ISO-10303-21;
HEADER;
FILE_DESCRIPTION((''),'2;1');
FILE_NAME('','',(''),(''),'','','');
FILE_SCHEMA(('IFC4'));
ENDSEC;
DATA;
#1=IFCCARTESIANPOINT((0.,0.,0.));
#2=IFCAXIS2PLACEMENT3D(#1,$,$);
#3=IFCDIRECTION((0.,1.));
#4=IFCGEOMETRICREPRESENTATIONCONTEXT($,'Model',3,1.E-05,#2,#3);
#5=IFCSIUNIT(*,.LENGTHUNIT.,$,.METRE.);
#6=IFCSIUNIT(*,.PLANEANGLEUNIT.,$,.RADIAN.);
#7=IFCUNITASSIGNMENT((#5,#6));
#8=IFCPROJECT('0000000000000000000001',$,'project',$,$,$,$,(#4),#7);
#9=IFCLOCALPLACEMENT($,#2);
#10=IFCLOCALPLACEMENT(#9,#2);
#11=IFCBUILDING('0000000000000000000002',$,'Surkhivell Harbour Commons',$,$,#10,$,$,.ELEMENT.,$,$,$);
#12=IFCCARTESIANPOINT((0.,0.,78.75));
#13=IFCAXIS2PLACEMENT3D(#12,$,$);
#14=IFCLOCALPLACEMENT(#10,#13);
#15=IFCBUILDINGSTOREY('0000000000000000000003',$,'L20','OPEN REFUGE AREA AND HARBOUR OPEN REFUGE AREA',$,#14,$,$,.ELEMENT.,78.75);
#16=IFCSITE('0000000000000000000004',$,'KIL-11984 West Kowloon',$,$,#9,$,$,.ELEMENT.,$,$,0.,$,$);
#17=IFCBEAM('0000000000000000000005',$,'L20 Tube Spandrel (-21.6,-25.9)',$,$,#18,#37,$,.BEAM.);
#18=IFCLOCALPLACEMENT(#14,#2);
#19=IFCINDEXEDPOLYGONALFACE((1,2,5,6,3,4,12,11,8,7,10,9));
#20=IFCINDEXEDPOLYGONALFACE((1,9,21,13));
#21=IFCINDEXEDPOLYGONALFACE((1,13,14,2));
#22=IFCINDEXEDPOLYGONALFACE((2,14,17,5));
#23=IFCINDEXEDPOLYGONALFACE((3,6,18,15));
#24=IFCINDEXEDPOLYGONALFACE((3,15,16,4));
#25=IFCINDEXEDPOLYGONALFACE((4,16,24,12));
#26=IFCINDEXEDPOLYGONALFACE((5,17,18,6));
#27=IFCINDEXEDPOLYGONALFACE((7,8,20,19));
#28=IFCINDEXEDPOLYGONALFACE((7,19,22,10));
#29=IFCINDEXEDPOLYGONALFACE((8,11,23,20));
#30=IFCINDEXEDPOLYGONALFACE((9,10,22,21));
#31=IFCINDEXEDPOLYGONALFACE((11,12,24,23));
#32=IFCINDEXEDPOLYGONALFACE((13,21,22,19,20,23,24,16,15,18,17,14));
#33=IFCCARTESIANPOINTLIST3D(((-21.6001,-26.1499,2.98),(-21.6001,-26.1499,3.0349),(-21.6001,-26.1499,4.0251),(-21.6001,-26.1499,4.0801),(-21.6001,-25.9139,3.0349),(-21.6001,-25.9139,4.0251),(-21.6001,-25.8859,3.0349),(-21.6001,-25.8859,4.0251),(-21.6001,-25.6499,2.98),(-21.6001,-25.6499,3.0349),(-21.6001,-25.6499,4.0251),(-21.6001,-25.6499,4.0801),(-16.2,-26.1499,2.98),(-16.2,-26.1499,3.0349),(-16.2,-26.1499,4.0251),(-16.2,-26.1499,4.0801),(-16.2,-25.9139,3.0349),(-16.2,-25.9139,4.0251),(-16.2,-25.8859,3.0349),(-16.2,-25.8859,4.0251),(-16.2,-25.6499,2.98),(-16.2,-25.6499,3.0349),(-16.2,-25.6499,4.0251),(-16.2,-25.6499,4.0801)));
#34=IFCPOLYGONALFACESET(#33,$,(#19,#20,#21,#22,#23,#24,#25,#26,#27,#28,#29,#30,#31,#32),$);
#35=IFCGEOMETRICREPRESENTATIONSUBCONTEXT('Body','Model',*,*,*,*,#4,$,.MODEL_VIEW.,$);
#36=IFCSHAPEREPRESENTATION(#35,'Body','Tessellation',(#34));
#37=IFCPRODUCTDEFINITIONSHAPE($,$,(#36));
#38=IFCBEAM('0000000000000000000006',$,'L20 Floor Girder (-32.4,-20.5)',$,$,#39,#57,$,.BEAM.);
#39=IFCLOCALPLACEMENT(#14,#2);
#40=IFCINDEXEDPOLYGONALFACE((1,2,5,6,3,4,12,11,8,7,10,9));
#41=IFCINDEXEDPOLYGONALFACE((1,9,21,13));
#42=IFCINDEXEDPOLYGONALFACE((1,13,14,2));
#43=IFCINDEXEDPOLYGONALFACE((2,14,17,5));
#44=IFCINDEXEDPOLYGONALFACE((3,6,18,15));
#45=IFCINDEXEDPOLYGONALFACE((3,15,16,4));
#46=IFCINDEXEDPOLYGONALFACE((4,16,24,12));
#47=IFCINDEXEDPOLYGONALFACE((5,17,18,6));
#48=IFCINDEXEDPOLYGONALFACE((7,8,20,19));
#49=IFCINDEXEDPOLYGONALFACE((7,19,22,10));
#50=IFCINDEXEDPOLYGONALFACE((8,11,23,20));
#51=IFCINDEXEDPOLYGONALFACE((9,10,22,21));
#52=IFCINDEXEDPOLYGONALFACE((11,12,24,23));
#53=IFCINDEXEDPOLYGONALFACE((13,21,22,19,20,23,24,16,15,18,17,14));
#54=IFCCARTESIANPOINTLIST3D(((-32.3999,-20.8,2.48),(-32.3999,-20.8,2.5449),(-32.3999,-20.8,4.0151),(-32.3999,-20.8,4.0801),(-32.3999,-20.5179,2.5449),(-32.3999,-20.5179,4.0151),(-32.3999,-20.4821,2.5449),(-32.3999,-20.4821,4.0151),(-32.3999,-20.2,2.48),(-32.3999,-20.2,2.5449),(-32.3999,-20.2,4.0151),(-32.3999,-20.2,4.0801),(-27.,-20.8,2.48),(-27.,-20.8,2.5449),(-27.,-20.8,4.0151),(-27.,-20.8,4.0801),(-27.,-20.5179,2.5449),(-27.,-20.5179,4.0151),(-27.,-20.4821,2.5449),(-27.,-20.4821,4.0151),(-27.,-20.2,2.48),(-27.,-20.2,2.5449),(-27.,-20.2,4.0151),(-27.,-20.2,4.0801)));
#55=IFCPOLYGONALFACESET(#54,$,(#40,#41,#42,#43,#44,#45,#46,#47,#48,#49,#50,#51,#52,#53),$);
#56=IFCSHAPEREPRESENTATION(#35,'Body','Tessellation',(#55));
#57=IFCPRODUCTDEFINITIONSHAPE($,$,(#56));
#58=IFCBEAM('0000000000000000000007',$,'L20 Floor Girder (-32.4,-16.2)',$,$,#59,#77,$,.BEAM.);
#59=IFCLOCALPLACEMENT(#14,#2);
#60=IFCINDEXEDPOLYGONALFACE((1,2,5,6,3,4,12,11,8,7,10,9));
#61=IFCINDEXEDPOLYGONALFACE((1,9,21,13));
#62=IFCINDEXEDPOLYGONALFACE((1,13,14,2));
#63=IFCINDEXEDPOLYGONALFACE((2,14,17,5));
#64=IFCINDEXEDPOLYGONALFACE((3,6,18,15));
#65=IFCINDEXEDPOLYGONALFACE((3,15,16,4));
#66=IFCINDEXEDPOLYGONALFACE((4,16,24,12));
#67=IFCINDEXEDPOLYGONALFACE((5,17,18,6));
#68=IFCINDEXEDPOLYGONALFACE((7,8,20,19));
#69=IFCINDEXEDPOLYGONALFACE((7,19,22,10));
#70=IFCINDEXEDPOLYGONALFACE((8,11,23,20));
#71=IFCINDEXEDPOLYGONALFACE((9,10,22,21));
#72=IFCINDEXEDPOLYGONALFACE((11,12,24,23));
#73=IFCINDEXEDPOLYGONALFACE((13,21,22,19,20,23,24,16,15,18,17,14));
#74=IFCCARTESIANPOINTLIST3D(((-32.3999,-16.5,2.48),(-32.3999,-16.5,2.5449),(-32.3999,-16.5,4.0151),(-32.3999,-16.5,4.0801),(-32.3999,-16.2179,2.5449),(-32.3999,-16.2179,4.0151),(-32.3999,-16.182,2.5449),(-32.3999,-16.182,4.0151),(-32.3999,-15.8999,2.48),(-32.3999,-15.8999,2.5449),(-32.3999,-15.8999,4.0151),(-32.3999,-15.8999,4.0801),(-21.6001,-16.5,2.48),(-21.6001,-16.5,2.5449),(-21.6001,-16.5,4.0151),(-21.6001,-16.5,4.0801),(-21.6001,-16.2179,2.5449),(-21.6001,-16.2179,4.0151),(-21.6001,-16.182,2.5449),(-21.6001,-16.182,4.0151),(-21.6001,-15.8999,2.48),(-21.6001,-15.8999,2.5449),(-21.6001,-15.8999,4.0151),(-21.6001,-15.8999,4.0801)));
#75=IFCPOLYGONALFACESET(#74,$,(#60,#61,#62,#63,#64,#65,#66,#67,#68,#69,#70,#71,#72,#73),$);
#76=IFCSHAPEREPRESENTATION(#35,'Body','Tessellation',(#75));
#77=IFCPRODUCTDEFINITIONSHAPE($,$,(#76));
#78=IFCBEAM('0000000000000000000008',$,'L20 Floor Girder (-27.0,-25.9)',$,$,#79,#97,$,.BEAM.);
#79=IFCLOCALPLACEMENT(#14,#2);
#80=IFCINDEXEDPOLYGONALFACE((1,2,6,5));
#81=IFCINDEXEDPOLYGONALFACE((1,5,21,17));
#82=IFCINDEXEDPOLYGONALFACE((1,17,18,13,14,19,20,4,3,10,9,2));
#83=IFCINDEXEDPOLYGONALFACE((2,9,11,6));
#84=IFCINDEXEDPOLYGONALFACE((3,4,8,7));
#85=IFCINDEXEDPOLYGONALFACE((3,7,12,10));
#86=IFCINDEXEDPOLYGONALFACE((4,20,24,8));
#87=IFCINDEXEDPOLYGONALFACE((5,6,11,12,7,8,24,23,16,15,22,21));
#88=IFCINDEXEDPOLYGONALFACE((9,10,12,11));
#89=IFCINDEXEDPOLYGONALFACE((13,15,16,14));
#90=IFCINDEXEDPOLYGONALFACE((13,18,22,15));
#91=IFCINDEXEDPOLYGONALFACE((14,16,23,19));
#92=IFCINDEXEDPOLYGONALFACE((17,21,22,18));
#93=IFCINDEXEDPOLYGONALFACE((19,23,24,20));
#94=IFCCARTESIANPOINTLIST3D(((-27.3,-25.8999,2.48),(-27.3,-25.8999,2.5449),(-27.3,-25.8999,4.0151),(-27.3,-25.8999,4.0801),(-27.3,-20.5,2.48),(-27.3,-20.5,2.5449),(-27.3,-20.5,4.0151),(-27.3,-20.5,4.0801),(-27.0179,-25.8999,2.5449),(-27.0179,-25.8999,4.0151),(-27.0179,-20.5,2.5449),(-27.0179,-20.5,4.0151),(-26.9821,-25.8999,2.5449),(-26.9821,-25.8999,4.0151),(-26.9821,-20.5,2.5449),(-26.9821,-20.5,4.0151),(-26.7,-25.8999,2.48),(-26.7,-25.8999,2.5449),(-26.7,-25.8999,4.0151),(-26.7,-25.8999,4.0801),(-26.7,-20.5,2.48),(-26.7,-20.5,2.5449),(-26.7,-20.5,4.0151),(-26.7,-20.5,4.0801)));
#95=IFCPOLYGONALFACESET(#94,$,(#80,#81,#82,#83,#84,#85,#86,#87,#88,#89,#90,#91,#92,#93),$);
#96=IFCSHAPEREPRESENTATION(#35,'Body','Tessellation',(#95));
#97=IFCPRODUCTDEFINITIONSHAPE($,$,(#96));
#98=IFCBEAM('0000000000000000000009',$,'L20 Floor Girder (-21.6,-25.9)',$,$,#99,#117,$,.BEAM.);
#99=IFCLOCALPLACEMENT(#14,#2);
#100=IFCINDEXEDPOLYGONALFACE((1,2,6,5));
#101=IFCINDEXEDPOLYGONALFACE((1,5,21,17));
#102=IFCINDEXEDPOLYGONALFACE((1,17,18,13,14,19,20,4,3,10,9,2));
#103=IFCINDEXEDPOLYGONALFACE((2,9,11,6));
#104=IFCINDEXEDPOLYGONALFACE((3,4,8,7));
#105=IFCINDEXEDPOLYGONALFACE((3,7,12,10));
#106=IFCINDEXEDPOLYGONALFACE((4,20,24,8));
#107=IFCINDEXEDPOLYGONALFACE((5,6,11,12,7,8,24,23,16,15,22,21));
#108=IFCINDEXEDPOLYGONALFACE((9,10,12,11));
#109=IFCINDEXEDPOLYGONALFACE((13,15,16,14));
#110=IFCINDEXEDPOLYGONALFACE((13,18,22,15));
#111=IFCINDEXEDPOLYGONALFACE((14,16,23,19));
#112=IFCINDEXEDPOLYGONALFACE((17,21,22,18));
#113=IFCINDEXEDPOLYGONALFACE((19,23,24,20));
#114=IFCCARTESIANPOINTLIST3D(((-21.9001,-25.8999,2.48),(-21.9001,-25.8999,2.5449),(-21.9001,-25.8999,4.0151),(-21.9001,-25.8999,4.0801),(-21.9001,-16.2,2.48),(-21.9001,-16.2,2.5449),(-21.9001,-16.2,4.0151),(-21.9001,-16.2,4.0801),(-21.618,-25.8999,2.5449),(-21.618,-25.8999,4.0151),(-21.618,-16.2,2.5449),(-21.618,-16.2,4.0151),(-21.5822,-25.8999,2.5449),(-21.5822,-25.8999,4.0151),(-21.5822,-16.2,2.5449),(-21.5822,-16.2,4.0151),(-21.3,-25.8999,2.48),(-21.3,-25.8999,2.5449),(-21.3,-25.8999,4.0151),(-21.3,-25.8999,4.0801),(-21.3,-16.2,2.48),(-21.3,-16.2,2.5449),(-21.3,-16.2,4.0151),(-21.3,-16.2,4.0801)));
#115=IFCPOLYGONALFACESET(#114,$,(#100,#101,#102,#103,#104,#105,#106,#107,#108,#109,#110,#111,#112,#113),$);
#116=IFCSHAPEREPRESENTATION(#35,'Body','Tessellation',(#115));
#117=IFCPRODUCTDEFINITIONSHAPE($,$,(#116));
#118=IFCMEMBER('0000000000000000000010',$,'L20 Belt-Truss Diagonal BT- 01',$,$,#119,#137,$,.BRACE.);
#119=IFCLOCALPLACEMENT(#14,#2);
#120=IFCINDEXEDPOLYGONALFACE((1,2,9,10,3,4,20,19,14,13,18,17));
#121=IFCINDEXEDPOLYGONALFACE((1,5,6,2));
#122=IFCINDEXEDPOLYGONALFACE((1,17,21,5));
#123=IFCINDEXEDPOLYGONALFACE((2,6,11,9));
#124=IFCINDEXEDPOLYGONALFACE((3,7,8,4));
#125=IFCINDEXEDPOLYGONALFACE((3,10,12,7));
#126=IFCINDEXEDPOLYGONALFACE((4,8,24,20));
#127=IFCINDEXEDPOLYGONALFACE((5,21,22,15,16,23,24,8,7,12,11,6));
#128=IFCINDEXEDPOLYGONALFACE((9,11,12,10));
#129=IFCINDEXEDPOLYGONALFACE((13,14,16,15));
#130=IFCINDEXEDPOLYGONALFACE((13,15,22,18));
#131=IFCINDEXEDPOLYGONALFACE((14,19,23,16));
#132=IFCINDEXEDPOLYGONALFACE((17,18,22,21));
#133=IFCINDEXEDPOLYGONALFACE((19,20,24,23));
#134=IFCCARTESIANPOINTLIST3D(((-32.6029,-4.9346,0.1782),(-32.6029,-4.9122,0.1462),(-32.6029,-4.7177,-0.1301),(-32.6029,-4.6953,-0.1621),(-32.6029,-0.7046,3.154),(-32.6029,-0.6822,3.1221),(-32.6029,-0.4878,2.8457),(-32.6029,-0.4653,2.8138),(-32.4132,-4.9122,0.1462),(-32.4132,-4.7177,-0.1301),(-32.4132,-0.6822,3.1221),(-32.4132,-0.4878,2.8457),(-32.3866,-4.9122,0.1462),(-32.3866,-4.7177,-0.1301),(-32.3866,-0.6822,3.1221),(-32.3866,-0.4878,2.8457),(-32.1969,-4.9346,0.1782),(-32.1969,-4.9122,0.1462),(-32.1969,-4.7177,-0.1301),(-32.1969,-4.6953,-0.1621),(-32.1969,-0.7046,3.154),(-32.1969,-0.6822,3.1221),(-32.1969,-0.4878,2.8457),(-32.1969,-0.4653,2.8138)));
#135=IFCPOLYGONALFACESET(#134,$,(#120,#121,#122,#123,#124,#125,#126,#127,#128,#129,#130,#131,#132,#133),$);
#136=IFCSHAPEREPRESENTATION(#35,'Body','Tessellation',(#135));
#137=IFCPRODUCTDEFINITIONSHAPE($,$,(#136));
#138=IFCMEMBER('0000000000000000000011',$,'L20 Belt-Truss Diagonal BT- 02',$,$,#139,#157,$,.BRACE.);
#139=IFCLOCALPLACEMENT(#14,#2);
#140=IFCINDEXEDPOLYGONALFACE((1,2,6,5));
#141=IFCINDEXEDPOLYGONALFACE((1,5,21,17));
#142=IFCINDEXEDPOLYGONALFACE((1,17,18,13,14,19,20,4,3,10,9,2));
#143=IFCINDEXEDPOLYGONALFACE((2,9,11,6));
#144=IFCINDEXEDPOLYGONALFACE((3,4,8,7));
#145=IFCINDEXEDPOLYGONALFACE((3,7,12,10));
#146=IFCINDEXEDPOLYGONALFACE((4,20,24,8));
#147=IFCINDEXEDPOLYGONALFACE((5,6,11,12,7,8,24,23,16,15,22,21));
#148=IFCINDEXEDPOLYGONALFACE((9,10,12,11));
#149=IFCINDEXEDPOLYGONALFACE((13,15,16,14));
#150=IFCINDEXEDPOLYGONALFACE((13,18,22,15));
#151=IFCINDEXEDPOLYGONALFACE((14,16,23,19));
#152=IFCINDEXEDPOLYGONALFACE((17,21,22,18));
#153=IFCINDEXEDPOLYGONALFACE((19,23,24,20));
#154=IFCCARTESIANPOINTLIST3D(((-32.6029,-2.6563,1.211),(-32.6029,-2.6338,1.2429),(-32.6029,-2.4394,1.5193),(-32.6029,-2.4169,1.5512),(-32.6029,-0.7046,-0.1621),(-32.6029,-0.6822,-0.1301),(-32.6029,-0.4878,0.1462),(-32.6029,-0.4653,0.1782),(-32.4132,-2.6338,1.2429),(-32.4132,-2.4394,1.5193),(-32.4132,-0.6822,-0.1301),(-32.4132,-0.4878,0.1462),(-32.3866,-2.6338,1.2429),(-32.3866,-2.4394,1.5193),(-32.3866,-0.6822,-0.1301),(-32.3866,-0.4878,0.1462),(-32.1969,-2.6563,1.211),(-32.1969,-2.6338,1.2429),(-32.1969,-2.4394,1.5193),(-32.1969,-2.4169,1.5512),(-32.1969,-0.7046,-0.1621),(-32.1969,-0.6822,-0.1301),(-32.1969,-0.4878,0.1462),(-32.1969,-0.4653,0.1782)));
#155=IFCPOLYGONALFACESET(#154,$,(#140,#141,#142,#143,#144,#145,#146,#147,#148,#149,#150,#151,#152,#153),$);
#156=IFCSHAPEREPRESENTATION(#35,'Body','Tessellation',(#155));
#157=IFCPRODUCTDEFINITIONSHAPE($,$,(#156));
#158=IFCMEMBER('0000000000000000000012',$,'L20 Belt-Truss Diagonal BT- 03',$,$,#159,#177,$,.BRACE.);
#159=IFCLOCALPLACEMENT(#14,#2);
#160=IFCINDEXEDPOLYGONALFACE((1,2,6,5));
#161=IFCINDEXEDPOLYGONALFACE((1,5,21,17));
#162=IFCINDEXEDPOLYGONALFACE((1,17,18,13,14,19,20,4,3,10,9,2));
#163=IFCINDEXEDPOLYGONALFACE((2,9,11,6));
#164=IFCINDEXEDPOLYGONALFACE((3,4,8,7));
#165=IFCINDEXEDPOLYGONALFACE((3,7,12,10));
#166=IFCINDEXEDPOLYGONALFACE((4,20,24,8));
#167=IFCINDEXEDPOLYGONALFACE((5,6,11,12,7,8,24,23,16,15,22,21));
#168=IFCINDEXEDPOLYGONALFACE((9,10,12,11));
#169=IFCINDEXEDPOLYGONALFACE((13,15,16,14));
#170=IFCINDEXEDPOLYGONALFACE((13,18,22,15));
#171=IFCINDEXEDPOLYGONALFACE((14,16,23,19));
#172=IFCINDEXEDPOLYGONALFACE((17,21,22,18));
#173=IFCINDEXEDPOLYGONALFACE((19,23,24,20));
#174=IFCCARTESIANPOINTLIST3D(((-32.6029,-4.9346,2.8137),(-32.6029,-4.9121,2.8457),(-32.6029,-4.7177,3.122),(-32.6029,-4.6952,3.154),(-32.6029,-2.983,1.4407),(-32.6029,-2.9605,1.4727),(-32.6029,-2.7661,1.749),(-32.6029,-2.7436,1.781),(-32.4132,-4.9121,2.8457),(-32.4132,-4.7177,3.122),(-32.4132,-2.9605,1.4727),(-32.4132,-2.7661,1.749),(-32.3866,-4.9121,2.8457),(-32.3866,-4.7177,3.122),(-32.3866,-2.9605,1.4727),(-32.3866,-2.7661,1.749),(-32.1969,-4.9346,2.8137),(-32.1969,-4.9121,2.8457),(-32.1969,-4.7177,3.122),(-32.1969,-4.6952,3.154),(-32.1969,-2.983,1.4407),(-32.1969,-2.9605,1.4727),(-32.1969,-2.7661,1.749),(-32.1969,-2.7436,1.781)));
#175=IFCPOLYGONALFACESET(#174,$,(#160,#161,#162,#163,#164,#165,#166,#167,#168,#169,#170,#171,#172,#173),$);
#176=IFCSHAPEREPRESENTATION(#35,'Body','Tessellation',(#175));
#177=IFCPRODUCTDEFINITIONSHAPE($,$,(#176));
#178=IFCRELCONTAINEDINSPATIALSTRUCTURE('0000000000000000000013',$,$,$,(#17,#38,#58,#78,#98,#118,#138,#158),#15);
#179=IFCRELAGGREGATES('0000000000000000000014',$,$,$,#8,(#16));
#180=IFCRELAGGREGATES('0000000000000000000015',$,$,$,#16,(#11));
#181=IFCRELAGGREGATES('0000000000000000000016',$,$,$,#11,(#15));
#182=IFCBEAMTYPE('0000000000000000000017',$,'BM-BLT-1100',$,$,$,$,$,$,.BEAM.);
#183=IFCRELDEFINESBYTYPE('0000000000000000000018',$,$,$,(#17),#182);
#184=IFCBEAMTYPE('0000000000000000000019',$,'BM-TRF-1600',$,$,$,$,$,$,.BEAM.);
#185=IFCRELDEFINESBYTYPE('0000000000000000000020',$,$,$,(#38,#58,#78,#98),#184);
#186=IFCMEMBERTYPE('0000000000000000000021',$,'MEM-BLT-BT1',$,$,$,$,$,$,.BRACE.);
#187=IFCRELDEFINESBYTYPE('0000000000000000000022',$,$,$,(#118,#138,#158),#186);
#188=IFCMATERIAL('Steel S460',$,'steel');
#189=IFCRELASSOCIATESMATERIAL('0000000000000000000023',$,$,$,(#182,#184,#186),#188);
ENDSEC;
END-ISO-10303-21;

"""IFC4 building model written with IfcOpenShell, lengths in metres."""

from ifc_helpers import new_model, si_unit, direction, frame, origin, origin_2d, place, context, subcontext, project, spatial, i_section, extrude, material, material_profile, profile_set, type_object, element, save


model = new_model("IFC4")

# Units and contexts
model_context = context("Model", 3, precision=1e-05, world=origin(), true_north=direction((0.0, 1.0)))
body_context = subcontext(model_context, "Body", "Model", "MODEL_VIEW")
ifc_project = project(units=[si_unit("LENGTHUNIT", "METRE"), si_unit("PLANEANGLEUNIT", "RADIAN")], contexts=[model_context])

# Site, building, storey
site_placement = place(None, origin())
site = spatial("IfcSite", under=ifc_project, at=site_placement, Name="KIL-11984 West Kowloon", CompositionType="ELEMENT", RefElevation=0.0)
building_placement = place(site_placement, origin())
building = spatial("IfcBuilding", under=site, at=building_placement, Name="Surkhivell Harbour Commons", CompositionType="ELEMENT")
storey_placement = place(building_placement, frame((0.0, 0.0, 78.75)))
storey = spatial("IfcBuildingStorey", under=building, at=storey_placement, Name="L20", Description="OPEN REFUGE AREA AND HARBOUR OPEN REFUGE AREA", CompositionType="ELEMENT", Elevation=78.75)

# Beams
ifc_material_1 = material(Name="Steel S460", Category="steel")
ifc_material_profile_1 = material_profile(ifc_material_1, i_section(OverallWidth=0.5, OverallDepth=1.1001, WebThickness=0.0281, FlangeThickness=0.0549, at=origin_2d()), Name="WPG1100x500x210")
ifc_profile_set_1 = profile_set([ifc_material_profile_1], Name="Steel S460")
beam_type_1 = type_object("IfcBeamType", Name="BM-BLT-1100", PredefinedType="BEAM", material=ifc_profile_set_1)
beam_1_placement = place(storey_placement, frame((-21.6001, -25.8999, 3.53), z_axis=(1.0, 0.0, 0.0), x_axis=(0.0, 1.0, 0.0)))
element("IfcBeam", 1, at=beam_1_placement, inside=storey, type_object=beam_type_1, Name="L20 Tube Spandrel (-21.6,-25.9)", PredefinedType="BEAM", context=body_context, shape_type="SweptSolid", body=[
    extrude(i_section(OverallWidth=0.5, OverallDepth=1.1001, WebThickness=0.0281, FlangeThickness=0.0549, at=origin_2d()), origin(), (0.0, 0.0, 1.0), 5.4001),
])
ifc_material_profile_2 = material_profile(ifc_material_1, i_section(OverallWidth=0.6001, OverallDepth=1.6001, WebThickness=0.0359, FlangeThickness=0.0649, at=origin_2d()), Name="WPG1600x600x296")
ifc_profile_set_2 = profile_set([ifc_material_profile_2], Name="Steel S460")
beam_type_2 = type_object("IfcBeamType", Name="BM-TRF-1600", PredefinedType="BEAM", material=ifc_profile_set_2)
beam_2_placement = place(storey_placement, frame((-32.3999, -20.5, 3.28), z_axis=(1.0, 0.0, 0.0), x_axis=(0.0, 1.0, 0.0)))
element("IfcBeam", 2, at=beam_2_placement, inside=storey, type_object=beam_type_2, Name="L20 Floor Girder (-32.4,-20.5)", PredefinedType="BEAM", context=body_context, shape_type="SweptSolid", body=[
    extrude(i_section(OverallWidth=0.6001, OverallDepth=1.6001, WebThickness=0.0359, FlangeThickness=0.0649, at=origin_2d()), origin(), (0.0, 0.0, 1.0), 5.3999),
])
beam_3_placement = place(storey_placement, frame((-32.3999, -16.2, 3.28), z_axis=(1.0, 0.0, 0.0), x_axis=(0.0, 1.0, 0.0)))
element("IfcBeam", 3, at=beam_3_placement, inside=storey, type_object=beam_type_2, Name="L20 Floor Girder (-32.4,-16.2)", PredefinedType="BEAM", context=body_context, shape_type="SweptSolid", body=[
    extrude(i_section(OverallWidth=0.6001, OverallDepth=1.6001, WebThickness=0.0359, FlangeThickness=0.0649, at=origin_2d()), origin(), (0.0, 0.0, 1.0), 10.7998),
])
beam_4_placement = place(storey_placement, frame((-27.0, -25.8999, 3.28), z_axis=(0.0, 1.0, 0.0), x_axis=(-1.0, 0.0, 0.0)))
element("IfcBeam", 4, at=beam_4_placement, inside=storey, type_object=beam_type_2, Name="L20 Floor Girder (-27.0,-25.9)", PredefinedType="BEAM", context=body_context, shape_type="SweptSolid", body=[
    extrude(i_section(OverallWidth=0.6001, OverallDepth=1.6001, WebThickness=0.0359, FlangeThickness=0.0649, at=origin_2d()), origin(), (0.0, 0.0, 1.0), 5.3999),
])
beam_5_placement = place(storey_placement, frame((-21.6001, -25.8999, 3.28), z_axis=(0.0, 1.0, 0.0), x_axis=(-1.0, 0.0, 0.0)))
element("IfcBeam", 5, at=beam_5_placement, inside=storey, type_object=beam_type_2, Name="L20 Floor Girder (-21.6,-25.9)", PredefinedType="BEAM", context=body_context, shape_type="SweptSolid", body=[
    extrude(i_section(OverallWidth=0.6001, OverallDepth=1.6001, WebThickness=0.0359, FlangeThickness=0.0649, at=origin_2d()), origin(), (0.0, 0.0, 1.0), 9.7),
])

# Members
ifc_material_profile_3 = material_profile(ifc_material_1, i_section(OverallWidth=0.406, OverallDepth=0.416, WebThickness=0.0266, FlangeThickness=0.0391, at=origin_2d()), Name="HD400x382")
ifc_profile_set_3 = profile_set([ifc_material_profile_3], Name="Steel S460")
member_type = type_object("IfcMemberType", Name="MEM-BLT-BT1", PredefinedType="BRACE", material=ifc_profile_set_3)
member_1_placement = place(storey_placement, frame((-32.3999, -4.8149, 0.0081), z_axis=(0.0, 0.817881, 0.575387), x_axis=(-1.0, 0.0, 0.0)))
element("IfcMember", 6, at=member_1_placement, inside=storey, type_object=member_type, Name="L20 Belt-Truss Diagonal BT- 01", PredefinedType="BRACE", context=body_context, shape_type="SweptSolid", body=[
    extrude(i_section(OverallWidth=0.406, OverallDepth=0.416, WebThickness=0.0266, FlangeThickness=0.0391, at=origin_2d()), origin(), (0.0, 0.0, 1.0), 5.1719),
])
for number, where, z_axis, x_axis, name in (
    (7, (-32.3999, -0.585, 0.0081), (0.0, -0.817874, 0.575397), (1.0, 0.0, 0.0), "L20 Belt-Truss Diagonal BT- 02"),
    (8, (-32.3999, -2.8633, 1.6108), (0.0, -0.817874, 0.575397), (1.0, 0.0, 0.0), "L20 Belt-Truss Diagonal BT- 03"),
):
    element("IfcMember", number, at=place(storey_placement, frame(where, z_axis=z_axis, x_axis=x_axis)), inside=storey, type_object=member_type, Name=name, PredefinedType="BRACE", context=body_context, shape_type="SweptSolid", body=[
        extrude(i_section(OverallWidth=0.406, OverallDepth=0.416, WebThickness=0.0266, FlangeThickness=0.0391, at=origin_2d()), origin(), (0.0, 0.0, 1.0), 2.3862),
    ])

save(model, "model.ifc")
